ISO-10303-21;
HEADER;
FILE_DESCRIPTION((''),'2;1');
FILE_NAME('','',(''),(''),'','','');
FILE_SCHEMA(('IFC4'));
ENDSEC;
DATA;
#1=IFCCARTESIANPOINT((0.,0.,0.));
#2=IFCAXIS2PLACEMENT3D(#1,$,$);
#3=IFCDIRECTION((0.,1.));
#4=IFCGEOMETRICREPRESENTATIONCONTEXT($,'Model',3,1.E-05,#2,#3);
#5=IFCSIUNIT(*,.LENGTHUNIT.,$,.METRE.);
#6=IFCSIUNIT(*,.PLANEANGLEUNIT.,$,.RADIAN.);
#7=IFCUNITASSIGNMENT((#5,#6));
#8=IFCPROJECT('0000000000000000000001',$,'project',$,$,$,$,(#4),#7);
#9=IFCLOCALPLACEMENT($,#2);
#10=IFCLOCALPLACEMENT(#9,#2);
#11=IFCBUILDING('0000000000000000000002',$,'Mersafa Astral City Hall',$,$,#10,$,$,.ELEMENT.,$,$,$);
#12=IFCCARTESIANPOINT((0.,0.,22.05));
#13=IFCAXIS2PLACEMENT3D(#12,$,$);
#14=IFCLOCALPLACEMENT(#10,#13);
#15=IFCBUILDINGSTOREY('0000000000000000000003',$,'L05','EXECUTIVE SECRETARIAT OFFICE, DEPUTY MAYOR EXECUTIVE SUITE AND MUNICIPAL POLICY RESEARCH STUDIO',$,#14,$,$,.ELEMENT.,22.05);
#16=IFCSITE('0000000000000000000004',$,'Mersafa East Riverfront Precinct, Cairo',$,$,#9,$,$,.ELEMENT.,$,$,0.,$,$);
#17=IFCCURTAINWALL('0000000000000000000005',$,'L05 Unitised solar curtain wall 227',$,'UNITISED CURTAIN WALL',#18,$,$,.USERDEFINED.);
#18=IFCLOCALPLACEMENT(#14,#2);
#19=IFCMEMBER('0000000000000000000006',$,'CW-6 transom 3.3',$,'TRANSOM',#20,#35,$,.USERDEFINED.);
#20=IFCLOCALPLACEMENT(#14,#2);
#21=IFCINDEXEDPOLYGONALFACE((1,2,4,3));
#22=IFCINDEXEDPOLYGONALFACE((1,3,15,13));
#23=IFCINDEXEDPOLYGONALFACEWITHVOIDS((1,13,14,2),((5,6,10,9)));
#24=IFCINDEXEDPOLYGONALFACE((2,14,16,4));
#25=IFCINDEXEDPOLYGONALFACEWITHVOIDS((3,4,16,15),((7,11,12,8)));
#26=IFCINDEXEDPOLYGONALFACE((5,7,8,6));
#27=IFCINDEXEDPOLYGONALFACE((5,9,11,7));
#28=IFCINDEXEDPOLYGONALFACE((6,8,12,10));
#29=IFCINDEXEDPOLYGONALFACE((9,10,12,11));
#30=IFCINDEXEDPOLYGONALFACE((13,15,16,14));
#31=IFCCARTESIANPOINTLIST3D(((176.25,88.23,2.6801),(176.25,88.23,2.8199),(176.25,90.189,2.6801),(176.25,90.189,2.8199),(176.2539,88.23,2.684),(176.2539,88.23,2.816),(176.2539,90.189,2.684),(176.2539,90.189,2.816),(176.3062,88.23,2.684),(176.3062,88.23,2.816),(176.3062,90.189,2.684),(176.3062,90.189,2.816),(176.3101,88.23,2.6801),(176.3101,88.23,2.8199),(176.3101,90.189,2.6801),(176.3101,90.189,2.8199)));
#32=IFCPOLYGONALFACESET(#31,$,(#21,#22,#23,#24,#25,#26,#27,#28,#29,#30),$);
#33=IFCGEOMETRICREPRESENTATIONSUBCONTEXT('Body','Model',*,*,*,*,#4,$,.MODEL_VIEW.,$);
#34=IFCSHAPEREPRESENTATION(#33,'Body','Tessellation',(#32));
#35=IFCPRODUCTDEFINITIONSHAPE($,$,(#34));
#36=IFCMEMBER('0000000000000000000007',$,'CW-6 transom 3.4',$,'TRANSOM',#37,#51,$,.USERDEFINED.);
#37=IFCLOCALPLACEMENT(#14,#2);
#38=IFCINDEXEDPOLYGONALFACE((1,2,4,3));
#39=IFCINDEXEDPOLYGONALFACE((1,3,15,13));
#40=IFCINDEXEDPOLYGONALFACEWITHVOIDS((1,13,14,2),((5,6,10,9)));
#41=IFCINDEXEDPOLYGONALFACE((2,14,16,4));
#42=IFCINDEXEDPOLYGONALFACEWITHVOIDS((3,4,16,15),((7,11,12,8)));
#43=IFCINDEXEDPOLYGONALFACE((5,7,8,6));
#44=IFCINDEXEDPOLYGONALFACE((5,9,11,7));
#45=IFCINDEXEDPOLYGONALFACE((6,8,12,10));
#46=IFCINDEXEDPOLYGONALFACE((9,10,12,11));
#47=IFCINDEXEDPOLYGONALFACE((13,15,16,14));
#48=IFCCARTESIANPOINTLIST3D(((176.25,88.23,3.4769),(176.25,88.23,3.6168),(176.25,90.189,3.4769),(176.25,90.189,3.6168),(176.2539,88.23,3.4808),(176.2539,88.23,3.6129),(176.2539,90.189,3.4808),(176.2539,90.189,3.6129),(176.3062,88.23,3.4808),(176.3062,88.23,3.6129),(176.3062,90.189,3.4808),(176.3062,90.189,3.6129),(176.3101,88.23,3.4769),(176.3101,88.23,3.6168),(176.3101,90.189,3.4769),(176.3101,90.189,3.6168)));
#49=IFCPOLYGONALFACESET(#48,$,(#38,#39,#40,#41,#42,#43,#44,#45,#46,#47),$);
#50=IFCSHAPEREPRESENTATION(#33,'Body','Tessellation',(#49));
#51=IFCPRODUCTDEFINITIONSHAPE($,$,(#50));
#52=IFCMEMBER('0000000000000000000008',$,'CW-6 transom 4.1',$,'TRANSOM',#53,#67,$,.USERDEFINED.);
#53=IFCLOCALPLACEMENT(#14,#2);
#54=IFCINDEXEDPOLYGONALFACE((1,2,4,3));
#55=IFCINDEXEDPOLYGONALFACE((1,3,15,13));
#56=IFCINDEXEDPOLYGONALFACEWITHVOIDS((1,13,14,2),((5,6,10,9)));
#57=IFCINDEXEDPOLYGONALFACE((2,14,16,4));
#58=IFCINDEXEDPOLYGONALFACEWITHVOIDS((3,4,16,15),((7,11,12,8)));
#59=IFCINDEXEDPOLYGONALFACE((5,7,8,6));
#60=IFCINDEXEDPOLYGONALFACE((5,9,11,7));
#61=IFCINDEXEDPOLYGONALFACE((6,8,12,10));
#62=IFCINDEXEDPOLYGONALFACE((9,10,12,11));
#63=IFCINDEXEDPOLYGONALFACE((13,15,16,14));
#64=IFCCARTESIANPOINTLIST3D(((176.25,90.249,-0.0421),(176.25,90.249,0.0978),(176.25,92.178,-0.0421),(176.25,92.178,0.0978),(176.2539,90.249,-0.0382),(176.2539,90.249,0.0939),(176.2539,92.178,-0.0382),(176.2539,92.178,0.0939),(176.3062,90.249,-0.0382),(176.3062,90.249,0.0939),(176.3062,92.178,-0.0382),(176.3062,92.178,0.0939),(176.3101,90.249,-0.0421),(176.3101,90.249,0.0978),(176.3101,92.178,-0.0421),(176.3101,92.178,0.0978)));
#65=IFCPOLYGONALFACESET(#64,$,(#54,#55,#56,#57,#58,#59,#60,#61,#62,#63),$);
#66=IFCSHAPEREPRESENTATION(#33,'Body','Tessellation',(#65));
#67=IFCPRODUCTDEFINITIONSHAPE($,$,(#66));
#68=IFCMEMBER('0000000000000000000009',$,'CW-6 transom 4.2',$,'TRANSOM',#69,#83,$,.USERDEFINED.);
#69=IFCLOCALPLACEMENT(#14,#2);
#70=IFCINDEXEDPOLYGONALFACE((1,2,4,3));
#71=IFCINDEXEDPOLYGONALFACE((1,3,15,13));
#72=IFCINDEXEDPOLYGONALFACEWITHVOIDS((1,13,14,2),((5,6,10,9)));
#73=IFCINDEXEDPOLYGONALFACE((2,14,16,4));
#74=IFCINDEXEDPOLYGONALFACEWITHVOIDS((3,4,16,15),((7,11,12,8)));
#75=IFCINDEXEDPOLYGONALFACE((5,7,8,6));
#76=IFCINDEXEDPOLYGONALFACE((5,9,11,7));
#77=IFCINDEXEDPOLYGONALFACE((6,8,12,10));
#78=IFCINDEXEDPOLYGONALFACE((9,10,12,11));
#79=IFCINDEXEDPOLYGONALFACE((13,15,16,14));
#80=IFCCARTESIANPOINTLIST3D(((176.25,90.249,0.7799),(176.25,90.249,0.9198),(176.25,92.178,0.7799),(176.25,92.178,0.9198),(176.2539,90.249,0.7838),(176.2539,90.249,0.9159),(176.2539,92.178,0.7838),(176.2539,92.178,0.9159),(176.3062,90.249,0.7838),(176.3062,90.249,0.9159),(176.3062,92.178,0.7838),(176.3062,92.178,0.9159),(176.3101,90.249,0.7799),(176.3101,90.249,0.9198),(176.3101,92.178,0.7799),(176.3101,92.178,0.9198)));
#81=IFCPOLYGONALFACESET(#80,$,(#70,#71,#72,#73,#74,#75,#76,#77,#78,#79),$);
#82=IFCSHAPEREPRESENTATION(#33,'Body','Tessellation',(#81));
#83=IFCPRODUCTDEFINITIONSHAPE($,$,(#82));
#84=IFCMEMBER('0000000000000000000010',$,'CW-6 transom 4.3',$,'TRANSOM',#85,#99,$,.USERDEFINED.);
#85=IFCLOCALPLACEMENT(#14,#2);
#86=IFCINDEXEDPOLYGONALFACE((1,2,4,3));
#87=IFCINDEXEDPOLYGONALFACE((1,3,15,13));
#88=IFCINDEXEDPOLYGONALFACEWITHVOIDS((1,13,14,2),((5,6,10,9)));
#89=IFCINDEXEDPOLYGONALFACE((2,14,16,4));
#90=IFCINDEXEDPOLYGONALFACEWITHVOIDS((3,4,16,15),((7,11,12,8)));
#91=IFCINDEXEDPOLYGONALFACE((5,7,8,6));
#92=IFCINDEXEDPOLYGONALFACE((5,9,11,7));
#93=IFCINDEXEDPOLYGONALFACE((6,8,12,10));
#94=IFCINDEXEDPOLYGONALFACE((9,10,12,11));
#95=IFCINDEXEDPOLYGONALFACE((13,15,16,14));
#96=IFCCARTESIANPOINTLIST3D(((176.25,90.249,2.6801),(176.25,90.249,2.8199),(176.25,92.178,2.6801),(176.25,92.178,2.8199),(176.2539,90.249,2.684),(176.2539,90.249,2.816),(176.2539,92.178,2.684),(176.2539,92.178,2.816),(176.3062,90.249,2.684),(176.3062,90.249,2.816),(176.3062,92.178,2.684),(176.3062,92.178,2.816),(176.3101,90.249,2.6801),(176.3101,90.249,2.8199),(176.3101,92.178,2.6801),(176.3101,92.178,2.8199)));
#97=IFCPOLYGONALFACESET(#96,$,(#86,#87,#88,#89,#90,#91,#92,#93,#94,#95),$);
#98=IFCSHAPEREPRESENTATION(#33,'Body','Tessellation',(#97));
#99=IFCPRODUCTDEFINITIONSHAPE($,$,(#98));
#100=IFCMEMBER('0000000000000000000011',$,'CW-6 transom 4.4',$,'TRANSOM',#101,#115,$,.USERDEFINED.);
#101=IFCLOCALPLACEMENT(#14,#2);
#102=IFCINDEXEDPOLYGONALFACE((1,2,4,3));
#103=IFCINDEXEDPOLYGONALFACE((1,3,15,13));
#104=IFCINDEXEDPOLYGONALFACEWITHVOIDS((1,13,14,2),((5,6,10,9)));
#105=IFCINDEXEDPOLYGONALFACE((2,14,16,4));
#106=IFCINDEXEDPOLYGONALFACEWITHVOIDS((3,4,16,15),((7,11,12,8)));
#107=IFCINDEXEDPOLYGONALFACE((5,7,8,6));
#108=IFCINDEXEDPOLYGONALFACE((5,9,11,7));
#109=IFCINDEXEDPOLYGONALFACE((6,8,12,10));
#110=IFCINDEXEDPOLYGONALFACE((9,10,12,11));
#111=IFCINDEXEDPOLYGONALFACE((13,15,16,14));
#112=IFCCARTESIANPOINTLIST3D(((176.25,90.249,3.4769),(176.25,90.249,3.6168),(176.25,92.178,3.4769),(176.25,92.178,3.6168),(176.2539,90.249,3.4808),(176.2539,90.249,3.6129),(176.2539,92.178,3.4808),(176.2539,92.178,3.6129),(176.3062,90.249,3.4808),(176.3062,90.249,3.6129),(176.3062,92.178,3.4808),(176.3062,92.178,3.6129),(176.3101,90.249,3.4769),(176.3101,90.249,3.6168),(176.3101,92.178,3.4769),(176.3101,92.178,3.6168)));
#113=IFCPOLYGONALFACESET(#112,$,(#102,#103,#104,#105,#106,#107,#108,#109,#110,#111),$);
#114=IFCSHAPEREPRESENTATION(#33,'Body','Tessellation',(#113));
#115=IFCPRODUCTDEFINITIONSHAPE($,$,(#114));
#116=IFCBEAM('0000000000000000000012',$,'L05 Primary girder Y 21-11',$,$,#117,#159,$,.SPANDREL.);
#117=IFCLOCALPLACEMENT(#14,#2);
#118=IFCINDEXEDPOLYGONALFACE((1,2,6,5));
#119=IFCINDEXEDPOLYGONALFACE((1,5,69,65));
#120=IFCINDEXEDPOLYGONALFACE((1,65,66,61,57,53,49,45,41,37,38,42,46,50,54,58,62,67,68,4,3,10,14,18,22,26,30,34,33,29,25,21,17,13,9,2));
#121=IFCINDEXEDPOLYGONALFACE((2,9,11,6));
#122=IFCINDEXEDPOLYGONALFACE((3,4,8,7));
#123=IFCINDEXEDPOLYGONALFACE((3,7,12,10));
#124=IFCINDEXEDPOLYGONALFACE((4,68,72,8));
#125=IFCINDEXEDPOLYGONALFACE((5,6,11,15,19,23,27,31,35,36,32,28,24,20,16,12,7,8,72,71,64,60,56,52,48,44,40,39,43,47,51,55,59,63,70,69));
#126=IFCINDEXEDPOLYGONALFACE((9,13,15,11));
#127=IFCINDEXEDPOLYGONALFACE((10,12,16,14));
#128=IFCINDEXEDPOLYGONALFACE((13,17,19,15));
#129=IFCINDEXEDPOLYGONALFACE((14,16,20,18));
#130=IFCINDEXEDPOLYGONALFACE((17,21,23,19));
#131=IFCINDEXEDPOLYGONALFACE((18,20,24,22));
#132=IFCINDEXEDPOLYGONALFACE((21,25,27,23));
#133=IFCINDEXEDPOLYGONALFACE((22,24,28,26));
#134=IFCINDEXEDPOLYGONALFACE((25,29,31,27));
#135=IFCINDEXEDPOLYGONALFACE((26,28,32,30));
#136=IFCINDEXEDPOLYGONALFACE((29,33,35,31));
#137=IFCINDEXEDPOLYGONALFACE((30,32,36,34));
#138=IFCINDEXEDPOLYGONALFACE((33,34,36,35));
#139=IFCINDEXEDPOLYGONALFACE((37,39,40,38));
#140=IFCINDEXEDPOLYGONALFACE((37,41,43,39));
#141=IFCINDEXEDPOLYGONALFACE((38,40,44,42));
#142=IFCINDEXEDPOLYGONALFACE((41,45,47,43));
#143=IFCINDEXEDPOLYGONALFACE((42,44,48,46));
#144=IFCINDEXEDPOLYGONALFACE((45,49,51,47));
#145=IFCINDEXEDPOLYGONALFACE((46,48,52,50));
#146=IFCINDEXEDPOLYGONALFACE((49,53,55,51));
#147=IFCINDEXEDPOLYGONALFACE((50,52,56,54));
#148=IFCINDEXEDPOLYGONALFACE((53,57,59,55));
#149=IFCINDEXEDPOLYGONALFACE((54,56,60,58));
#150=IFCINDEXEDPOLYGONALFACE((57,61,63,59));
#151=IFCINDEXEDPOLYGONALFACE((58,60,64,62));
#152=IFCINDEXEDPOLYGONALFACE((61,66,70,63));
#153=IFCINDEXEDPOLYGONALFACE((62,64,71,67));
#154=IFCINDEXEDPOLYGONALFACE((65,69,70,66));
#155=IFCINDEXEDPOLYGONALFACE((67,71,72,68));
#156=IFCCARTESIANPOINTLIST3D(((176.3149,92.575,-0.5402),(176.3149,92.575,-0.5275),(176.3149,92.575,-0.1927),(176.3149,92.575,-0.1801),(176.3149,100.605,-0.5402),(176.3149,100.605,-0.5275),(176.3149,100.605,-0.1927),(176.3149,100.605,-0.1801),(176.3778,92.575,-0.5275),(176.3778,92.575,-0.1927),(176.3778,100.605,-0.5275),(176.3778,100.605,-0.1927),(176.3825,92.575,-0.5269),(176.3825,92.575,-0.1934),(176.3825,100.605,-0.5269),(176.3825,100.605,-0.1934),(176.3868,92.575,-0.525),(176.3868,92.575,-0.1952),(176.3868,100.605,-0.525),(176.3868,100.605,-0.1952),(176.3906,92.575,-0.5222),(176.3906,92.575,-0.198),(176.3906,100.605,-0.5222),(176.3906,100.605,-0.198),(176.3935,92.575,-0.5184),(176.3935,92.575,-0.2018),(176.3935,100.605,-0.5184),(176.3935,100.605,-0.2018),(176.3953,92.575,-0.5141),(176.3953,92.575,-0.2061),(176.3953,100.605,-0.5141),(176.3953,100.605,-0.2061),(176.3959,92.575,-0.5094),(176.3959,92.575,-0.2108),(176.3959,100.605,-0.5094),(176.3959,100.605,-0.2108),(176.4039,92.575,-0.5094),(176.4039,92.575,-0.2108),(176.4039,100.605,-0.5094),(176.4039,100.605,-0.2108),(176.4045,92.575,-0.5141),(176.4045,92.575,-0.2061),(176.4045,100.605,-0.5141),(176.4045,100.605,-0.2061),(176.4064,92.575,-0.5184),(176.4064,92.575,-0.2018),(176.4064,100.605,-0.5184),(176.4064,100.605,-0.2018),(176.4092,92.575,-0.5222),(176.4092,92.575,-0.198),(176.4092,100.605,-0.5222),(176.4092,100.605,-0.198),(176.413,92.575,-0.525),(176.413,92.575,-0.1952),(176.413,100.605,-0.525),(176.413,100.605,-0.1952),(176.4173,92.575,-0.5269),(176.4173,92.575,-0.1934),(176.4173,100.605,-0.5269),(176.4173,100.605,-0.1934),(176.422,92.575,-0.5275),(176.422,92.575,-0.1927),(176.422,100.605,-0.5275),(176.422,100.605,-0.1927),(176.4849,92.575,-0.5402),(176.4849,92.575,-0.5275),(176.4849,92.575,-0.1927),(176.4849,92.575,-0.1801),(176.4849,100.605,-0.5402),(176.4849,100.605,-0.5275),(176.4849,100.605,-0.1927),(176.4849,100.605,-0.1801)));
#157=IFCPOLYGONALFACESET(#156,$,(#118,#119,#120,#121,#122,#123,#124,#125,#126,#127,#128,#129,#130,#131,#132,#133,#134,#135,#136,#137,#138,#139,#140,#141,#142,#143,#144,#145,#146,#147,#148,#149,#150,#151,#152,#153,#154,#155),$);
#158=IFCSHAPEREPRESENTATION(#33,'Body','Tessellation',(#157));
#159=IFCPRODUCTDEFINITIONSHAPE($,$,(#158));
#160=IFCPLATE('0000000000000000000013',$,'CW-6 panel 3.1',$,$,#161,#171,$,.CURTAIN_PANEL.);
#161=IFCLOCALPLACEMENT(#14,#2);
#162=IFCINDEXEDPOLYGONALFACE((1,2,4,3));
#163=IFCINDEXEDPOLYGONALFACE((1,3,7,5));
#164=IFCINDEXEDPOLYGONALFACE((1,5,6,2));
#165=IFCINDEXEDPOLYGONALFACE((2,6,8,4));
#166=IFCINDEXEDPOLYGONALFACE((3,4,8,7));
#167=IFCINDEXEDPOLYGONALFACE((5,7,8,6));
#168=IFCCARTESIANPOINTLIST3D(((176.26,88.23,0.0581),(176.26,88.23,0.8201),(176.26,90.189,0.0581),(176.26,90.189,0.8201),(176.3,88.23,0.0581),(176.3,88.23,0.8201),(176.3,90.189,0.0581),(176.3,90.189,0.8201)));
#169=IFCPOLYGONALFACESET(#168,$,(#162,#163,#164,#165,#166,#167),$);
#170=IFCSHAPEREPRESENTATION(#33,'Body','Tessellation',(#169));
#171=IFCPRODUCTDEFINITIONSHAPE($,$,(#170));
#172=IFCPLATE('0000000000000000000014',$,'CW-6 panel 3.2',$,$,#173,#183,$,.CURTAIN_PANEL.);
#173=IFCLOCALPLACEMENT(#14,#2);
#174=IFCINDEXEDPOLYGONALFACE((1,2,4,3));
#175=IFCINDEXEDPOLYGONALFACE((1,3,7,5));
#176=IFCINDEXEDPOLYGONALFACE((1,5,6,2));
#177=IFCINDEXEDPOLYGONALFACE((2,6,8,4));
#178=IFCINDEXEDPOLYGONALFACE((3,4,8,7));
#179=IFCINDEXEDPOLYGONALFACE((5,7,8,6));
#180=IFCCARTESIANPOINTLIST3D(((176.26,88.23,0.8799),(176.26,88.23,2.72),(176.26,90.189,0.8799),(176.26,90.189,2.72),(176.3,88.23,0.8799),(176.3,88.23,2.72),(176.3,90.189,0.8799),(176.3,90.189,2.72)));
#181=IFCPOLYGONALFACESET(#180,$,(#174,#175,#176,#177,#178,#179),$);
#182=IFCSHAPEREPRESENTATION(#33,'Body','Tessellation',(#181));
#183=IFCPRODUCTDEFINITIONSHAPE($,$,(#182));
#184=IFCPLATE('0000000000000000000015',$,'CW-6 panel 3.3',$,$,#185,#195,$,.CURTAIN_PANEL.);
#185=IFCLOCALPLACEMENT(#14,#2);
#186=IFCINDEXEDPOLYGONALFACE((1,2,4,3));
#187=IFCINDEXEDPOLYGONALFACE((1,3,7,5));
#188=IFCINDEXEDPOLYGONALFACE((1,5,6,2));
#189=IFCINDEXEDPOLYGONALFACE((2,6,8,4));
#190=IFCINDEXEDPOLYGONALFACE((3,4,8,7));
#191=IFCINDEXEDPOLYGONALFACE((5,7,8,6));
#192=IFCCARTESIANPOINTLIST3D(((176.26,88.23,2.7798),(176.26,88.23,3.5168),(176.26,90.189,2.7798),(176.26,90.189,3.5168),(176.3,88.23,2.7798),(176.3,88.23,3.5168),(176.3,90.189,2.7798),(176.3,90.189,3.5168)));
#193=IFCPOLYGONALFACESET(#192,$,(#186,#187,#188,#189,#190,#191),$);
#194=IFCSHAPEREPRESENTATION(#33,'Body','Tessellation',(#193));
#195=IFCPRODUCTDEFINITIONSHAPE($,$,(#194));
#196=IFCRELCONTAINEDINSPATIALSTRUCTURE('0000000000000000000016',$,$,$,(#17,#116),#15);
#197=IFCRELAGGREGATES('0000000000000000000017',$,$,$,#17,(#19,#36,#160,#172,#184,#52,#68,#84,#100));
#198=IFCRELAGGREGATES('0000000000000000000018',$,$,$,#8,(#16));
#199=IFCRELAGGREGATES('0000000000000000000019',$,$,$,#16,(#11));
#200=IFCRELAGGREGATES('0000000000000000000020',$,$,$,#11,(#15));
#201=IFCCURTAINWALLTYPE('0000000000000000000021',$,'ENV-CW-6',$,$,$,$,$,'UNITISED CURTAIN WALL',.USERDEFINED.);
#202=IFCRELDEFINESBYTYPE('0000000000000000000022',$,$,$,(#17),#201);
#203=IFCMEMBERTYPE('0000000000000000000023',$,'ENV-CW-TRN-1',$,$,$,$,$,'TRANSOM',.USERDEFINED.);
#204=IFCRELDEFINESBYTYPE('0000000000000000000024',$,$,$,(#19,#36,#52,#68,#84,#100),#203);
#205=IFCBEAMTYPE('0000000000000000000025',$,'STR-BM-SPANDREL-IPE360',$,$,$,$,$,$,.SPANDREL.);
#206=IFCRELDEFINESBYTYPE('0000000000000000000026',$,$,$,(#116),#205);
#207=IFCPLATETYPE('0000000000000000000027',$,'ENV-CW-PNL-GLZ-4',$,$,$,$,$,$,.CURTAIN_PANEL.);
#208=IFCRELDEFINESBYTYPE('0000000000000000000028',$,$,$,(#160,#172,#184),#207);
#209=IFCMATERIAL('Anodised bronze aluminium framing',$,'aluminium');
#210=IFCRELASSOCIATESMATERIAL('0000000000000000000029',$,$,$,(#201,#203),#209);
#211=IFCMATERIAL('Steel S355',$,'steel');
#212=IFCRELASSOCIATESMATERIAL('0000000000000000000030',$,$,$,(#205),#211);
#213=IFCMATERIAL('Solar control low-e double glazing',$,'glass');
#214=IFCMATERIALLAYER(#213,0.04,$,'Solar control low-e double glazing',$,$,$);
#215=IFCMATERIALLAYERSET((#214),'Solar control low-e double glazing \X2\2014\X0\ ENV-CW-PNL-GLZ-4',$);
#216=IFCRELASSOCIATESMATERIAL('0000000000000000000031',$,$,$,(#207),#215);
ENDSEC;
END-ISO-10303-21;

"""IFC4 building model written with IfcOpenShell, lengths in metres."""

from ifc_helpers import new_model, si_unit, direction, frame, origin, origin_2d, place, context, subcontext, project, spatial, rectangle, hollow_rectangle, i_section, extrude, material, layer, layer_set, material_profile, profile_set, type_object, element, aggregate, save


model = new_model("IFC4")

# Units and contexts
model_context = context("Model", 3, precision=1e-05, world=origin(), true_north=direction((0.0, 1.0)))
body_context = subcontext(model_context, "Body", "Model", "MODEL_VIEW")
ifc_project = project(units=[si_unit("LENGTHUNIT", "METRE"), si_unit("PLANEANGLEUNIT", "RADIAN")], contexts=[model_context])

# Site, building, storey
site_placement = place(None, origin())
site = spatial("IfcSite", under=ifc_project, at=site_placement, Name="Mersafa East Riverfront Precinct, Cairo", CompositionType="ELEMENT", RefElevation=0.0)
building_placement = place(site_placement, origin())
building = spatial("IfcBuilding", under=site, at=building_placement, Name="Mersafa Astral City Hall", CompositionType="ELEMENT")
storey_placement = place(building_placement, frame((0.0, 0.0, 22.05)))
storey = spatial("IfcBuildingStorey", under=building, at=storey_placement, Name="L05", Description="EXECUTIVE SECRETARIAT OFFICE, DEPUTY MAYOR EXECUTIVE SUITE AND MUNICIPAL POLICY RESEARCH STUDIO", CompositionType="ELEMENT", Elevation=22.05)

# Shared definitions
ifc_material_1 = material(Name="Steel S355", Category="steel")

# Curtain wall, members
ifc_material_2 = material(Name="Anodised bronze aluminium framing", Category="aluminium")
curtain_wall_type = type_object("IfcCurtainWallType", Name="ENV-CW-6", ElementType="UNITISED CURTAIN WALL", PredefinedType="USERDEFINED", material=ifc_material_2)
curtain_wall_placement = place(storey_placement, origin())
curtain_wall = element("IfcCurtainWall", 1, at=curtain_wall_placement, inside=storey, type_object=curtain_wall_type, Name="L05 Unitised solar curtain wall 227", ObjectType="UNITISED CURTAIN WALL", PredefinedType="USERDEFINED")
ifc_material_profile_1 = material_profile(ifc_material_2, hollow_rectangle(XDim=0.0601, YDim=0.1399, WallThickness=0.0039, at=origin_2d()), Name="RHS 60x140x4")
ifc_profile_set_1 = profile_set([ifc_material_profile_1], Name="Anodised bronze aluminium framing")
member_type_1 = type_object("IfcMemberType", Name="ENV-CW-TRN-1", ElementType="TRANSOM", PredefinedType="USERDEFINED", material=ifc_profile_set_1)
member_1_placement = place(storey_placement, frame((176.28, 88.23, 2.75), z_axis=(0.0, 1.0, 0.0), x_axis=(-1.0, 0.0, 0.0)))
member_1 = element("IfcMember", 2, at=member_1_placement, type_object=member_type_1, Name="CW-6 transom 3.3", ObjectType="TRANSOM", PredefinedType="USERDEFINED", context=body_context, shape_type="SweptSolid", body=[
    extrude(hollow_rectangle(XDim=0.0601, YDim=0.1399, WallThickness=0.0039, at=origin_2d()), origin(), (0.0, 0.0, 1.0), 1.959),
])
member_2_placement = place(storey_placement, frame((176.28, 88.23, 3.5469), z_axis=(0.0, 1.0, 0.0), x_axis=(-1.0, 0.0, 0.0)))
member_2 = element("IfcMember", 3, at=member_2_placement, type_object=member_type_1, Name="CW-6 transom 3.4", ObjectType="TRANSOM", PredefinedType="USERDEFINED", context=body_context, shape_type="SweptSolid", body=[
    extrude(hollow_rectangle(XDim=0.0601, YDim=0.1399, WallThickness=0.0039, at=origin_2d()), origin(), (0.0, 0.0, 1.0), 1.959),
])
member_3_placement = place(storey_placement, frame((176.28, 90.249, 0.0278), z_axis=(0.0, 1.0, 0.0), x_axis=(-1.0, 0.0, 0.0)))
member_3 = element("IfcMember", 4, at=member_3_placement, type_object=member_type_1, Name="CW-6 transom 4.1", ObjectType="TRANSOM", PredefinedType="USERDEFINED", context=body_context, shape_type="SweptSolid", body=[
    extrude(hollow_rectangle(XDim=0.0601, YDim=0.1399, WallThickness=0.0039, at=origin_2d()), origin(), (0.0, 0.0, 1.0), 1.929),
])
member_4_placement = place(storey_placement, frame((176.28, 90.249, 0.8499), z_axis=(0.0, 1.0, 0.0), x_axis=(-1.0, 0.0, 0.0)))
member_4 = element("IfcMember", 5, at=member_4_placement, type_object=member_type_1, Name="CW-6 transom 4.2", ObjectType="TRANSOM", PredefinedType="USERDEFINED", context=body_context, shape_type="SweptSolid", body=[
    extrude(hollow_rectangle(XDim=0.0601, YDim=0.1399, WallThickness=0.0039, at=origin_2d()), origin(), (0.0, 0.0, 1.0), 1.929),
])
member_5_placement = place(storey_placement, frame((176.28, 90.249, 2.75), z_axis=(0.0, 1.0, 0.0), x_axis=(-1.0, 0.0, 0.0)))
member_5 = element("IfcMember", 6, at=member_5_placement, type_object=member_type_1, Name="CW-6 transom 4.3", ObjectType="TRANSOM", PredefinedType="USERDEFINED", context=body_context, shape_type="SweptSolid", body=[
    extrude(hollow_rectangle(XDim=0.0601, YDim=0.1399, WallThickness=0.0039, at=origin_2d()), origin(), (0.0, 0.0, 1.0), 1.929),
])
member_6_placement = place(storey_placement, frame((176.28, 90.249, 3.5469), z_axis=(0.0, 1.0, 0.0), x_axis=(-1.0, 0.0, 0.0)))
member_6 = element("IfcMember", 7, at=member_6_placement, type_object=member_type_1, Name="CW-6 transom 4.4", ObjectType="TRANSOM", PredefinedType="USERDEFINED", context=body_context, shape_type="SweptSolid", body=[
    extrude(hollow_rectangle(XDim=0.0601, YDim=0.1399, WallThickness=0.0039, at=origin_2d()), origin(), (0.0, 0.0, 1.0), 1.929),
])

# Beam
ifc_material_profile_2 = material_profile(ifc_material_1, i_section(OverallWidth=0.1699, OverallDepth=0.3601, WebThickness=0.0081, FlangeThickness=0.0127, FilletRadius=0.0181, at=origin_2d()), Name="IPE 360")
ifc_profile_set_2 = profile_set([ifc_material_profile_2], Name="Steel S355")
beam_type = type_object("IfcBeamType", Name="STR-BM-SPANDREL-IPE360", PredefinedType="SPANDREL", material=ifc_profile_set_2)
beam_placement = place(storey_placement, frame((176.3999, 92.575, -0.3601), z_axis=(0.0, 1.0, 0.0), x_axis=(-1.0, 0.0, 0.0)))
element("IfcBeam", 8, at=beam_placement, inside=storey, type_object=beam_type, Name="L05 Primary girder Y 21-11", PredefinedType="SPANDREL", context=body_context, shape_type="SweptSolid", body=[
    extrude(i_section(OverallWidth=0.1699, OverallDepth=0.3601, WebThickness=0.0081, FlangeThickness=0.0127, FilletRadius=0.0181, at=origin_2d()), origin(), (0.0, 0.0, 1.0), 8.03),
])

# Plates
ifc_material_3 = material(Name="Solar control low-e double glazing", Category="glass")
ifc_layer_1 = layer(ifc_material_3, 0.04, Name="Solar control low-e double glazing")
ifc_layer_set_1 = layer_set([ifc_layer_1], Name="Solar control low-e double glazing — ENV-CW-PNL-GLZ-4")
plate_type = type_object("IfcPlateType", Name="ENV-CW-PNL-GLZ-4", PredefinedType="CURTAIN_PANEL", material=ifc_layer_set_1)
plate_1_placement = place(storey_placement, frame((176.28, 89.2095, 0.0581), z_axis=(0.0, 0.0, 1.0), x_axis=(0.0, 1.0, 0.0)))
plate_1 = element("IfcPlate", 9, at=plate_1_placement, type_object=plate_type, Name="CW-6 panel 3.1", PredefinedType="CURTAIN_PANEL", context=body_context, shape_type="SweptSolid", body=[
    extrude(rectangle(XDim=1.959, YDim=0.04, at=origin_2d()), origin(), (0.0, 0.0, 1.0), 0.762),
])
plate_2_placement = place(storey_placement, frame((176.28, 89.2095, 0.8799), z_axis=(0.0, 0.0, 1.0), x_axis=(0.0, 1.0, 0.0)))
plate_2 = element("IfcPlate", 10, at=plate_2_placement, type_object=plate_type, Name="CW-6 panel 3.2", PredefinedType="CURTAIN_PANEL", context=body_context, shape_type="SweptSolid", body=[
    extrude(rectangle(XDim=1.959, YDim=0.04, at=origin_2d()), origin(), (0.0, 0.0, 1.0), 1.8401),
])
plate_3_placement = place(storey_placement, frame((176.28, 89.2095, 2.7798), z_axis=(0.0, 0.0, 1.0), x_axis=(0.0, 1.0, 0.0)))
plate_3 = element("IfcPlate", 11, at=plate_3_placement, type_object=plate_type, Name="CW-6 panel 3.3", PredefinedType="CURTAIN_PANEL", context=body_context, shape_type="SweptSolid", body=[
    extrude(rectangle(XDim=1.959, YDim=0.04, at=origin_2d()), origin(), (0.0, 0.0, 1.0), 0.7371),
])
aggregate(curtain_wall, [member_1, member_2, plate_1, plate_2, plate_3, member_3, member_4, member_5, member_6])

save(model, "model.ifc")
